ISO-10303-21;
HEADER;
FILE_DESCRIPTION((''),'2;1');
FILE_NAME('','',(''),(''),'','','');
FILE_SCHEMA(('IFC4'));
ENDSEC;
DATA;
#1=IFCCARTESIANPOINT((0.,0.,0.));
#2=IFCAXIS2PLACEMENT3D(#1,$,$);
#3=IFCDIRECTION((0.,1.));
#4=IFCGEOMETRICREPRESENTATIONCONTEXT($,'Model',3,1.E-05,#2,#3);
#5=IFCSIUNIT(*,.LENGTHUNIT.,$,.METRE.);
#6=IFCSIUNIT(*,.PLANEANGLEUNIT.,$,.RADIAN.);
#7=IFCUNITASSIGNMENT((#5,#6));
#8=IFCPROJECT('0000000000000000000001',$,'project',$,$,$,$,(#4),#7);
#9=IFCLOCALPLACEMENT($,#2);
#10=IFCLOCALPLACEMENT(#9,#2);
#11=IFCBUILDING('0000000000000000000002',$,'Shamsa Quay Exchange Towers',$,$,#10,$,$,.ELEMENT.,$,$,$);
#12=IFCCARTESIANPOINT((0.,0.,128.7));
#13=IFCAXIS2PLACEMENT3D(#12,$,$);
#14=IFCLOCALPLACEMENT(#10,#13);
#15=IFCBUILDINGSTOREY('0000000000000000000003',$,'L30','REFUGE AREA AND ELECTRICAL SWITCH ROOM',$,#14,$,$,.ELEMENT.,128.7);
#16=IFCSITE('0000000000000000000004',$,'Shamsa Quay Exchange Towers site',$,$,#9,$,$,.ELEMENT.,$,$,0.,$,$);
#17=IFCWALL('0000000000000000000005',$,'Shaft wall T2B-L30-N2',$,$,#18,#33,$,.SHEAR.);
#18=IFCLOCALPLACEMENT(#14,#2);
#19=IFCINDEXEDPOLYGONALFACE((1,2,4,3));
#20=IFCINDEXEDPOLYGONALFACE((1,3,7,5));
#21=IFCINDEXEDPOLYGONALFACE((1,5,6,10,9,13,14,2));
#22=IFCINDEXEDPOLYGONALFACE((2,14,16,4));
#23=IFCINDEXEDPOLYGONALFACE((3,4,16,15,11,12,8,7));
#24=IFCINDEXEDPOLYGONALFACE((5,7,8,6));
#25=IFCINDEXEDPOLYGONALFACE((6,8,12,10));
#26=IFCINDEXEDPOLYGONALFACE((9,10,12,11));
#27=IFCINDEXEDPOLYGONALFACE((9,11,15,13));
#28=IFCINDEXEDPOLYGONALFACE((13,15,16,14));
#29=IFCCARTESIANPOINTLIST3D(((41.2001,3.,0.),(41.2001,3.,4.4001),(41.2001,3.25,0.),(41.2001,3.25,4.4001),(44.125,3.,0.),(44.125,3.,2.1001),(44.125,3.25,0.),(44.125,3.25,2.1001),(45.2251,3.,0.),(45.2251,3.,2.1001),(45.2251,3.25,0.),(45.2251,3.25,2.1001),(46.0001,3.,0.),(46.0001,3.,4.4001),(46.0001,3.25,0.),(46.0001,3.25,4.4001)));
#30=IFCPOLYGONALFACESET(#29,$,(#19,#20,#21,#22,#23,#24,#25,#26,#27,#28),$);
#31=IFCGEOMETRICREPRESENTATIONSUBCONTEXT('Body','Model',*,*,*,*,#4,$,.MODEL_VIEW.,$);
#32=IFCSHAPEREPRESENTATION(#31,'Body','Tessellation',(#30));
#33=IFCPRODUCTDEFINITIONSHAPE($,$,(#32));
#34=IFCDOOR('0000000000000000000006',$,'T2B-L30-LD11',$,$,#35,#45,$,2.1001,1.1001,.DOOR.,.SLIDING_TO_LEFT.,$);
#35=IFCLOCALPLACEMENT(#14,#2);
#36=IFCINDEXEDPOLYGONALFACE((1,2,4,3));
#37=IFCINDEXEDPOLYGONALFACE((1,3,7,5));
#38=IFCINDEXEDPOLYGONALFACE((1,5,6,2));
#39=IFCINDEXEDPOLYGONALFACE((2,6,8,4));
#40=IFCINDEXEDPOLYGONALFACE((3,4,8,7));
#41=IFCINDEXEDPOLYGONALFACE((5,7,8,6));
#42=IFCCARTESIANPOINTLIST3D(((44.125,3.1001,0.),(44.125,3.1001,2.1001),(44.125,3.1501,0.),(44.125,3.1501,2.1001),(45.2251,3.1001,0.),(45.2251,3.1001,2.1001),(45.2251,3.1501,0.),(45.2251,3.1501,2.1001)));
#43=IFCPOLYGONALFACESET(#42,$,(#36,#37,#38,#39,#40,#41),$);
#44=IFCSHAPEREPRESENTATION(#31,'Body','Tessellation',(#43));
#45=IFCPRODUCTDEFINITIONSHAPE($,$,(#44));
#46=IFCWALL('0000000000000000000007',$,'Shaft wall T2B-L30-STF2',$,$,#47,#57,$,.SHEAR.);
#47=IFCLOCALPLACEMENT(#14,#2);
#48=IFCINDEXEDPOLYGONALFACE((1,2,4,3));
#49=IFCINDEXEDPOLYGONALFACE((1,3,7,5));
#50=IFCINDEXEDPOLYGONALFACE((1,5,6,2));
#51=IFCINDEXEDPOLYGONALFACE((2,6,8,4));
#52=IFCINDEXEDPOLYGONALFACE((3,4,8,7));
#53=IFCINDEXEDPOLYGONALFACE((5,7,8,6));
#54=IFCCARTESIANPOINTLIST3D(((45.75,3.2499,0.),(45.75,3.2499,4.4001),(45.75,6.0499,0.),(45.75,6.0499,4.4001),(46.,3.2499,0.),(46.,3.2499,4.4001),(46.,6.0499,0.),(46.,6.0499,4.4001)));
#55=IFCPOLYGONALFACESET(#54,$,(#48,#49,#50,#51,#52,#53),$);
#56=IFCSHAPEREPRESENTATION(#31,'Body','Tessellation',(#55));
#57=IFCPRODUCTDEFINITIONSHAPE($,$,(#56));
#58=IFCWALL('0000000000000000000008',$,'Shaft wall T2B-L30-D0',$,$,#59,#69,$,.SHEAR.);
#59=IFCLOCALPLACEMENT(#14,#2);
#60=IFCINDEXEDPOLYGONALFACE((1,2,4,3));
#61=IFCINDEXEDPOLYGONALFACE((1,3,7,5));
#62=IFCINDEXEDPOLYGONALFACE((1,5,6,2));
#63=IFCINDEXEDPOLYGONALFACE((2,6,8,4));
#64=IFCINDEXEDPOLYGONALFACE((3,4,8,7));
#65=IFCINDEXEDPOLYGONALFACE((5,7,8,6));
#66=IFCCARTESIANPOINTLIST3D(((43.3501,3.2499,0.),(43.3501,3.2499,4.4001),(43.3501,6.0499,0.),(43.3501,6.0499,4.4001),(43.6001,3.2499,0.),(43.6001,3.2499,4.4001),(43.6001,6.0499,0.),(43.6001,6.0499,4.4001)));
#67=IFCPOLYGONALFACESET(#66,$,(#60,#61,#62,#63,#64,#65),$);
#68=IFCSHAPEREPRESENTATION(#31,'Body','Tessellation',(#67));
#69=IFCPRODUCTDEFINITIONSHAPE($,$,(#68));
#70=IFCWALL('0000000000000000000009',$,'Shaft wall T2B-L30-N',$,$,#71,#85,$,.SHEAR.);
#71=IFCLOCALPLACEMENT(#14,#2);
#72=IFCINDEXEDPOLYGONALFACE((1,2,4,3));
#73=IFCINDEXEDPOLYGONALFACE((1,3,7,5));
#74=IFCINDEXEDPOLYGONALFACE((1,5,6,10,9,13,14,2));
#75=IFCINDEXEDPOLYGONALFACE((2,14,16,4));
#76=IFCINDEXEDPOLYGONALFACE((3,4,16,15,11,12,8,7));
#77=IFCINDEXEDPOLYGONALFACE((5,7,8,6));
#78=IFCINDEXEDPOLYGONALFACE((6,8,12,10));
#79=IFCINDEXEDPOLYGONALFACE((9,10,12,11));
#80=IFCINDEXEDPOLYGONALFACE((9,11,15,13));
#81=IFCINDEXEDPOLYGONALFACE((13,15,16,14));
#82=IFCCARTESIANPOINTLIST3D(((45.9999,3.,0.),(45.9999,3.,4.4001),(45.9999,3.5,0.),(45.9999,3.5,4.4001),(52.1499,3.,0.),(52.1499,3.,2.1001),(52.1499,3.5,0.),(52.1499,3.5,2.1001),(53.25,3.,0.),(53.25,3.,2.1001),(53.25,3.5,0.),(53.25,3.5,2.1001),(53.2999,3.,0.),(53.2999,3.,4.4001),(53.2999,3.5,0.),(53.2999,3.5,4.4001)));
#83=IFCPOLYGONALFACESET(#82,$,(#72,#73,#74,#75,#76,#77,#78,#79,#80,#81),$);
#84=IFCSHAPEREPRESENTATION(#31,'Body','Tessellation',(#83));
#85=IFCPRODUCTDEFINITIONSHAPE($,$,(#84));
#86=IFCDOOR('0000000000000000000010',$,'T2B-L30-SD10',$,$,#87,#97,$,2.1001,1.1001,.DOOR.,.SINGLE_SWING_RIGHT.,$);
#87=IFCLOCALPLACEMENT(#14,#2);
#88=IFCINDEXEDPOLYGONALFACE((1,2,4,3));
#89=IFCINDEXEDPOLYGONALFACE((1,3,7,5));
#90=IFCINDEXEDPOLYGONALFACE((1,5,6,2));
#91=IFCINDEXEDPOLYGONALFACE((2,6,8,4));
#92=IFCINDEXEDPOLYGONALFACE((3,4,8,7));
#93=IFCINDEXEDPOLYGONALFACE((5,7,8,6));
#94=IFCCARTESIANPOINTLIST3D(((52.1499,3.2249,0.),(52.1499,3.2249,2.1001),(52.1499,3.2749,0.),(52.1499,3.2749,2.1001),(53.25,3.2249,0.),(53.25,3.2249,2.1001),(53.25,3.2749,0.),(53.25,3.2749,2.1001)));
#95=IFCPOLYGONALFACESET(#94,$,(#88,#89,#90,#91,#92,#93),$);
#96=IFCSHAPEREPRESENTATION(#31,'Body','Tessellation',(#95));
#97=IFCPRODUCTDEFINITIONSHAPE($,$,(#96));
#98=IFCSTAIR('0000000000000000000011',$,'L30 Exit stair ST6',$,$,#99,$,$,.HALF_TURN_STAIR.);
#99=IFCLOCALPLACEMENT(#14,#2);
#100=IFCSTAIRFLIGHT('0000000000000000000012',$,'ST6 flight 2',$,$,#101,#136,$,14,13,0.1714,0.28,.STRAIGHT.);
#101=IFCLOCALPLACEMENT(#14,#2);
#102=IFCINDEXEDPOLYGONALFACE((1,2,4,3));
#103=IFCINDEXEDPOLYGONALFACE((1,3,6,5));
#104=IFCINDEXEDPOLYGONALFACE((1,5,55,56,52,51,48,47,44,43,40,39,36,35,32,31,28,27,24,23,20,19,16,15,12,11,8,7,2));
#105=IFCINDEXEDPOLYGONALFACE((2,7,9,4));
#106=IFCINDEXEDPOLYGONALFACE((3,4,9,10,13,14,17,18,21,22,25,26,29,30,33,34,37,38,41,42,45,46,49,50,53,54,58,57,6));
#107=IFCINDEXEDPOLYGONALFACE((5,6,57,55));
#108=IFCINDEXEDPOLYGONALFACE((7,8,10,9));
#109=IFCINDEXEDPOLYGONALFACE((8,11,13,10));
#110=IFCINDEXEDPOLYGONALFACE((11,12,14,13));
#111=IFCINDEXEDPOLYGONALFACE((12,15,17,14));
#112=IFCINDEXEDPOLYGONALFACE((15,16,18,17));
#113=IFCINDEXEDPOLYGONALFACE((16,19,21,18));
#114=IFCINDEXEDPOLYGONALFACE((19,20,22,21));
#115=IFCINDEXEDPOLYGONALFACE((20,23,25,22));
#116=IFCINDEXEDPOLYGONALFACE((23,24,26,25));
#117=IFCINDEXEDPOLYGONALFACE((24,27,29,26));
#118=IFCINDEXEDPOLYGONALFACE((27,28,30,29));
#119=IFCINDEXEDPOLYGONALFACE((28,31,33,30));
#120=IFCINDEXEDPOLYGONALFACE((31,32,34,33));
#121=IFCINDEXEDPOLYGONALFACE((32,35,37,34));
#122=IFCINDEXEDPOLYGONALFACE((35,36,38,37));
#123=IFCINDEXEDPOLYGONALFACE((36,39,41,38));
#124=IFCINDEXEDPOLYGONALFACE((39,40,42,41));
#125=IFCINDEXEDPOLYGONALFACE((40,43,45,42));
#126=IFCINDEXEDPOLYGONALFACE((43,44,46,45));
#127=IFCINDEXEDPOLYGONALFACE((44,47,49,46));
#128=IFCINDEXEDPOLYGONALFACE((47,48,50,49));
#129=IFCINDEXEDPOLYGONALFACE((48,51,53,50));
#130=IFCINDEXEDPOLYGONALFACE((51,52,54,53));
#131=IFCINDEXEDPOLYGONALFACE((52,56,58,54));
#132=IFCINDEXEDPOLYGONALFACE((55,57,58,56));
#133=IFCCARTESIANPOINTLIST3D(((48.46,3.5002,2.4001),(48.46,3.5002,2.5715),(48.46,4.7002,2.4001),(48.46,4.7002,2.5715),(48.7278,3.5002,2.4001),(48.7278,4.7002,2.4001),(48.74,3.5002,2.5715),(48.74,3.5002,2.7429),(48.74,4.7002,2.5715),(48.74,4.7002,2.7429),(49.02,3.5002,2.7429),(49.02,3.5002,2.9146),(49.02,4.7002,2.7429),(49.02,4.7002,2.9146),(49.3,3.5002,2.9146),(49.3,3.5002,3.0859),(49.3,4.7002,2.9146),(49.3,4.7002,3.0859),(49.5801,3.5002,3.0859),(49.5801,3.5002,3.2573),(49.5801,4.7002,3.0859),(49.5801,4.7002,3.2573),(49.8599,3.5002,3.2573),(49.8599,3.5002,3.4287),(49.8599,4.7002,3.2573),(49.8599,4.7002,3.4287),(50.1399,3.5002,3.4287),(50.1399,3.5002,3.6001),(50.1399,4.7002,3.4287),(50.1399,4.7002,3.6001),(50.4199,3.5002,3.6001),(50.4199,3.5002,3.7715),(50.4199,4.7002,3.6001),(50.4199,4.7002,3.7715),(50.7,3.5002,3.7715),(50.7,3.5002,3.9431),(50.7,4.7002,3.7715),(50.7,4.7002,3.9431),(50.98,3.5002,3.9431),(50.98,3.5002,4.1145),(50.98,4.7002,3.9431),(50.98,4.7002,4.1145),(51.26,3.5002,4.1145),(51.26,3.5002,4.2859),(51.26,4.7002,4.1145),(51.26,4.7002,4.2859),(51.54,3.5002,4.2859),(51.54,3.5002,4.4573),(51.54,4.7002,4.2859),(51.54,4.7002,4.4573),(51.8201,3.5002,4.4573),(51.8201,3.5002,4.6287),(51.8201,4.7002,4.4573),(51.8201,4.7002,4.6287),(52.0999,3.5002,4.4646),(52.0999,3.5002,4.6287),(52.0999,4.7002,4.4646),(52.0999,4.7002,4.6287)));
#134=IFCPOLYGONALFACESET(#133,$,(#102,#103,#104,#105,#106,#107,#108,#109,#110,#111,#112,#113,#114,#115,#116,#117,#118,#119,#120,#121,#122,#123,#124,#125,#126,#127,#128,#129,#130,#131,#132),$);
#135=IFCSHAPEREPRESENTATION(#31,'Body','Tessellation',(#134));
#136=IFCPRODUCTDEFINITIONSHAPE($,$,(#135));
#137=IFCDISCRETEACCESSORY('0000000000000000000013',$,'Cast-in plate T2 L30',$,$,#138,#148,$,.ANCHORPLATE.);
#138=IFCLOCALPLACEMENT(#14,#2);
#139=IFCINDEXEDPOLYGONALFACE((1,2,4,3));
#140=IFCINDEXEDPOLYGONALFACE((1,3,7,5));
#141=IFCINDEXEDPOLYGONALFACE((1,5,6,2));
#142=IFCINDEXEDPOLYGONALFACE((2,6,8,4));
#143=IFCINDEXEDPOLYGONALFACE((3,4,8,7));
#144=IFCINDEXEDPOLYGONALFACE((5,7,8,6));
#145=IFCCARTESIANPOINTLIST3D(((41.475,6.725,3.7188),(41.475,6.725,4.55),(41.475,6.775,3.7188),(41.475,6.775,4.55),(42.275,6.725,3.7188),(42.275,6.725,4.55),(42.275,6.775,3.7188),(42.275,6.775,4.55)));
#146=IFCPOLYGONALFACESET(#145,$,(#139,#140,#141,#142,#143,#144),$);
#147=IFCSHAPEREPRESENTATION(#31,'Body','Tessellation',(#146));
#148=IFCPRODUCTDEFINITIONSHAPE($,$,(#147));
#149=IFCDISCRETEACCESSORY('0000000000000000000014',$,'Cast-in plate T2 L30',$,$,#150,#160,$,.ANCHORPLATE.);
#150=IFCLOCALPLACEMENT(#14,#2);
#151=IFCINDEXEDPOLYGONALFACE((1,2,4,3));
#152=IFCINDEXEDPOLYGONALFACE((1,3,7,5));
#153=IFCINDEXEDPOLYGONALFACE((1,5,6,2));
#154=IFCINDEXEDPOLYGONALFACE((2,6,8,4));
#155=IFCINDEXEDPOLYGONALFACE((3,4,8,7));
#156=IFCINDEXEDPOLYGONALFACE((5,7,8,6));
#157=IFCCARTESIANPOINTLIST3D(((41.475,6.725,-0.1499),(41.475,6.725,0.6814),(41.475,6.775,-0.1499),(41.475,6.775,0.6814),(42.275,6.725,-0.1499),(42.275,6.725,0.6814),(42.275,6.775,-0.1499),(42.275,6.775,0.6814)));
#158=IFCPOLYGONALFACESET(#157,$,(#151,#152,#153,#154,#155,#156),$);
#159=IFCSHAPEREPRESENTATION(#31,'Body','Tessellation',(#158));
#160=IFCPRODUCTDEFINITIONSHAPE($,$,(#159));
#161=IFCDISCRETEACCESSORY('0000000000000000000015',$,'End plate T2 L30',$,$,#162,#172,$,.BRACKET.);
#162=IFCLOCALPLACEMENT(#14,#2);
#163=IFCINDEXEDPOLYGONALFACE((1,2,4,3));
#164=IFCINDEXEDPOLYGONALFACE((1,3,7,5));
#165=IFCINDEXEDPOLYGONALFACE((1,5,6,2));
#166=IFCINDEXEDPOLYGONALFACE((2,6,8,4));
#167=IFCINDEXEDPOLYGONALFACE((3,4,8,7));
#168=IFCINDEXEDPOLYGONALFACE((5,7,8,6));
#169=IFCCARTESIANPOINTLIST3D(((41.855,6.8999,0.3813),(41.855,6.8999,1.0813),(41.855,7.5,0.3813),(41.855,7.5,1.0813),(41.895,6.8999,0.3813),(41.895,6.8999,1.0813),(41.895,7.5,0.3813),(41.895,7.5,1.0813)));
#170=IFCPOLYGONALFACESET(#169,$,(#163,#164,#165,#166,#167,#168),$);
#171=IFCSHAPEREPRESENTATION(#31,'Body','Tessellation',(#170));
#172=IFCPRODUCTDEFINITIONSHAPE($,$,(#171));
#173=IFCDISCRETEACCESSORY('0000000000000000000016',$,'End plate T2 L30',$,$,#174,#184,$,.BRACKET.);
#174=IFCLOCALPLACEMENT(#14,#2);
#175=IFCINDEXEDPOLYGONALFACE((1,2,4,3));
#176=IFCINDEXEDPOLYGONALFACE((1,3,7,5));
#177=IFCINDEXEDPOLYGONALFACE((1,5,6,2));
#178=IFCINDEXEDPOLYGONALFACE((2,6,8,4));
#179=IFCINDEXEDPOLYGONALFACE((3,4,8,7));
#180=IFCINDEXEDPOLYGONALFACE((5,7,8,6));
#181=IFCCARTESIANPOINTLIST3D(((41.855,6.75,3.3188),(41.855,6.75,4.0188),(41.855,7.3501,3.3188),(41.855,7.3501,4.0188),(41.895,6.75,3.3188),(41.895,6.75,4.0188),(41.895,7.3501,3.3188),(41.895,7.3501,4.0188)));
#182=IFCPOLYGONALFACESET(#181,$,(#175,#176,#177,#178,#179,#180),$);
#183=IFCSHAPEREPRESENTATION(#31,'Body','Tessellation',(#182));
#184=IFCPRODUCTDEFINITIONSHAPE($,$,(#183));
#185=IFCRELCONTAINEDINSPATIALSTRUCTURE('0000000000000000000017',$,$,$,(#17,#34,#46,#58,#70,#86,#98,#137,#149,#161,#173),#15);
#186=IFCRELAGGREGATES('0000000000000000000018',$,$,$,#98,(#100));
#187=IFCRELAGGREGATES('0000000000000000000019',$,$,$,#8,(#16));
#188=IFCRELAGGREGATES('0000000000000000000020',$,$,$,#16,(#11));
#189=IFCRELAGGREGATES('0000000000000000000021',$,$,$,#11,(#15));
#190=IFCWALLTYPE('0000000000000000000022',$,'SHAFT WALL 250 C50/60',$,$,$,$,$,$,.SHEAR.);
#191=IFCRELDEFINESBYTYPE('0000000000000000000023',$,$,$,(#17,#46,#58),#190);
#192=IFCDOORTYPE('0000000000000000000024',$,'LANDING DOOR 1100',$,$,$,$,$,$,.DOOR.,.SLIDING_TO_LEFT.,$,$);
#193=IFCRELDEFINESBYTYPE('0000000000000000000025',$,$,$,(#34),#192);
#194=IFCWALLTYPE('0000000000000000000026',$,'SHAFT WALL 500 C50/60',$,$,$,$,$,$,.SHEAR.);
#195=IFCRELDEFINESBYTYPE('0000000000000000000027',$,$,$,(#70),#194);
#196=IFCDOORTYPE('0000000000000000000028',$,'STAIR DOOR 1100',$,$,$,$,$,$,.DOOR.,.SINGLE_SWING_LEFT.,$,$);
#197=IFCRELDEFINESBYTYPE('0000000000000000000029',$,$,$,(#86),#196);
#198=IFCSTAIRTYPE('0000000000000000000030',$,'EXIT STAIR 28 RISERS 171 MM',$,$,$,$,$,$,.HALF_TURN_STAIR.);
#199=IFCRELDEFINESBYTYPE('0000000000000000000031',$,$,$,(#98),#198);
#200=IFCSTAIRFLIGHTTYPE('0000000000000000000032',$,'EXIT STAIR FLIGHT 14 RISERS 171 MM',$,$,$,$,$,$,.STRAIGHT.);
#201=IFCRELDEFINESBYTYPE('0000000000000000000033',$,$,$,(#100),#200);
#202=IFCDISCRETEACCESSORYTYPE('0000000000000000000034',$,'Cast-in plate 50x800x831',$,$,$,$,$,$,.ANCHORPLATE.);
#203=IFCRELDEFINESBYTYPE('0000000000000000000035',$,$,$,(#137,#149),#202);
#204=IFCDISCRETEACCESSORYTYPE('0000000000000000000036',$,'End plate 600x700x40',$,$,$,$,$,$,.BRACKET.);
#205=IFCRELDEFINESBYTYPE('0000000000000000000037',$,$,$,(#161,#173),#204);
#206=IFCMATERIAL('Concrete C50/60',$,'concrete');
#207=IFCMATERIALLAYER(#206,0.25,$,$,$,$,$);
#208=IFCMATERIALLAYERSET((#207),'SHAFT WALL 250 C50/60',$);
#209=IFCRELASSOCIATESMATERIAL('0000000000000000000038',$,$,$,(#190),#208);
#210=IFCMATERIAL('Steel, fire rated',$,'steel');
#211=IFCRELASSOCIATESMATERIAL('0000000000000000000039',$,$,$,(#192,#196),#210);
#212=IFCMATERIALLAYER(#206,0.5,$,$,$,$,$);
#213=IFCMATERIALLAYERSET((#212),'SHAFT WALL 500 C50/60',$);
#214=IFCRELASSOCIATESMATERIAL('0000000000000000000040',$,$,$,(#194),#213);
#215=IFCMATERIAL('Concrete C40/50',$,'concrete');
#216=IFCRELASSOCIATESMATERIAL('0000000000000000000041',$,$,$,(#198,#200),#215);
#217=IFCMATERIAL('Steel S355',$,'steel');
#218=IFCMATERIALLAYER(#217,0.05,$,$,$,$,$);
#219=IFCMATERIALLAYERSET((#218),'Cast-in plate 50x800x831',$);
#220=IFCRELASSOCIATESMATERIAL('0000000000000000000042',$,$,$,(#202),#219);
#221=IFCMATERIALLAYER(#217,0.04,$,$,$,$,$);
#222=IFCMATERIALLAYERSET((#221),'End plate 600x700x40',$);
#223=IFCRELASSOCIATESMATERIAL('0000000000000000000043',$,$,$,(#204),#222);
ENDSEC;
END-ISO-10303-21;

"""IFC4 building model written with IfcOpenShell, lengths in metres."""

from ifc_helpers import new_model, si_unit, direction, frame, frame_2d, origin, origin_2d, place, context, subcontext, project, spatial, polyline, rectangle, outline, extrude, material, layer, layer_set, type_object, element, fill, aggregate, save


model = new_model("IFC4")

# Units and contexts
model_context = context("Model", 3, precision=1e-05, world=origin(), true_north=direction((0.0, 1.0)))
body_context = subcontext(model_context, "Body", "Model", "MODEL_VIEW")
ifc_project = project(units=[si_unit("LENGTHUNIT", "METRE"), si_unit("PLANEANGLEUNIT", "RADIAN")], contexts=[model_context])

# Site, building, storey
site_placement = place(None, origin())
site = spatial("IfcSite", under=ifc_project, at=site_placement, Name="Shamsa Quay Exchange Towers site", CompositionType="ELEMENT", RefElevation=0.0)
building_placement = place(site_placement, origin())
building = spatial("IfcBuilding", under=site, at=building_placement, Name="Shamsa Quay Exchange Towers", CompositionType="ELEMENT")
storey_placement = place(building_placement, frame((0.0, 0.0, 128.7)))
storey = spatial("IfcBuildingStorey", under=building, at=storey_placement, Name="L30", Description="REFUGE AREA AND ELECTRICAL SWITCH ROOM", CompositionType="ELEMENT", Elevation=128.7)

# Shared definitions
ifc_material_1 = material(Name="Steel S355", Category="steel")

# Wall, opening, door
ifc_material_2 = material(Name="Concrete C50/60", Category="concrete")
ifc_layer_1 = layer(ifc_material_2, 0.25)
ifc_layer_set_1 = layer_set([ifc_layer_1], Name="SHAFT WALL 250 C50/60")
wall_type_1 = type_object("IfcWallType", Name="SHAFT WALL 250 C50/60", PredefinedType="SHEAR", material=ifc_layer_set_1)
wall_1_placement = place(storey_placement, frame((46.0, 3.125, 0.0), z_axis=(0.0, 0.0, 1.0), x_axis=(-1.0, 0.0, 0.0)))
wall_1 = element("IfcWall", 1, at=wall_1_placement, inside=storey, type_object=wall_type_1, Name="Shaft wall T2B-L30-N2", PredefinedType="SHEAR", context=body_context, shape_type="SweptSolid", body=[
    extrude(rectangle(XDim=4.8, YDim=0.25, at=frame_2d((2.3999, 0.0))), origin(), (0.0, 0.0, 1.0), 4.4001),
])
opening_1_placement = place(wall_1_placement, frame((0.7749, 0.0, 0.0)))
opening_1 = element("IfcOpeningElement", 2, at=opening_1_placement, cuts=wall_1, PredefinedType="OPENING", context=body_context, shape_type="SweptSolid", body=[
    extrude(rectangle(XDim=1.1001, YDim=2.1001, at=frame_2d((0.55, 1.05))), frame((0.0, 0.135, 0.0), z_axis=(0.0, -1.0, 0.0), x_axis=(1.0, 0.0, 0.0)), (0.0, 0.0, 1.0), 0.27),
])
ifc_material_3 = material(Name="Steel, fire rated", Category="steel")
door_type_1 = type_object("IfcDoorType", Name="LANDING DOOR 1100", OperationType="SLIDING_TO_LEFT", PredefinedType="DOOR", material=ifc_material_3)
door_1_placement = place(opening_1_placement, origin())
door_1 = element("IfcDoor", 3, at=door_1_placement, inside=storey, type_object=door_type_1, Name="T2B-L30-LD11", OperationType="SLIDING_TO_LEFT", OverallHeight=2.1001, OverallWidth=1.1001, PredefinedType="DOOR", context=body_context, shape_type="SweptSolid", body=[
    extrude(rectangle(XDim=1.1001, YDim=2.1001, at=frame_2d((0.55, 1.05))), frame((0.0, 0.0249, 0.0), z_axis=(0.0, -1.0, 0.0), x_axis=(1.0, 0.0, 0.0)), (0.0, 0.0, 1.0), 0.05),
])
fill(opening_1, door_1)

# Walls
for number, where, z_axis, x_axis, name in (
    (4, (45.875, 3.25, 0.0), (0.0, 0.0, 1.0), (0.0, 1.0, 0.0), "Shaft wall T2B-L30-STF2"),
    (5, (43.4751, 3.25, 0.0), (0.0, 0.0, 1.0), (0.0, 1.0, 0.0), "Shaft wall T2B-L30-D0"),
):
    element("IfcWall", number, at=place(storey_placement, frame(where, z_axis=z_axis, x_axis=x_axis)), inside=storey, type_object=wall_type_1, Name=name, PredefinedType="SHEAR", context=body_context, shape_type="SweptSolid", body=[
        extrude(rectangle(XDim=2.8, YDim=0.25, at=frame_2d((1.3999, 0.0))), origin(), (0.0, 0.0, 1.0), 4.4001),
    ])

# Wall, opening, door
ifc_layer_2 = layer(ifc_material_2, 0.5)
ifc_layer_set_2 = layer_set([ifc_layer_2], Name="SHAFT WALL 500 C50/60")
wall_type_2 = type_object("IfcWallType", Name="SHAFT WALL 500 C50/60", PredefinedType="SHEAR", material=ifc_layer_set_2)
wall_2_placement = place(storey_placement, frame((46.0, 3.25, 0.0)))
wall_2 = element("IfcWall", 6, at=wall_2_placement, inside=storey, type_object=wall_type_2, Name="Shaft wall T2B-L30-N", PredefinedType="SHEAR", context=body_context, shape_type="SweptSolid", body=[
    extrude(rectangle(XDim=7.3, YDim=0.5, at=frame_2d((3.6499, 0.0))), origin(), (0.0, 0.0, 1.0), 4.4001),
])
opening_2_placement = place(wall_2_placement, frame((6.1499, 0.0, 0.0)))
opening_2 = element("IfcOpeningElement", 7, at=opening_2_placement, cuts=wall_2, PredefinedType="OPENING", context=body_context, shape_type="SweptSolid", body=[
    extrude(rectangle(XDim=1.1001, YDim=2.1001, at=frame_2d((0.55, 1.05))), frame((0.0, 0.26, 0.0), z_axis=(0.0, -1.0, 0.0), x_axis=(1.0, 0.0, 0.0)), (0.0, 0.0, 1.0), 0.52),
])
door_type_2 = type_object("IfcDoorType", Name="STAIR DOOR 1100", OperationType="SINGLE_SWING_LEFT", PredefinedType="DOOR", material=ifc_material_3)
door_2_placement = place(opening_2_placement, origin())
door_2 = element("IfcDoor", 8, at=door_2_placement, inside=storey, type_object=door_type_2, Name="T2B-L30-SD10", OperationType="SINGLE_SWING_RIGHT", OverallHeight=2.1001, OverallWidth=1.1001, PredefinedType="DOOR", context=body_context, shape_type="SweptSolid", body=[
    extrude(rectangle(XDim=1.1001, YDim=2.1001, at=frame_2d((0.55, 1.05))), frame((0.0, 0.0249, 0.0), z_axis=(0.0, -1.0, 0.0), x_axis=(1.0, 0.0, 0.0)), (0.0, 0.0, 1.0), 0.05),
])
fill(opening_2, door_2)

# Stair, stair flight
ifc_material_4 = material(Name="Concrete C40/50", Category="concrete")
stair_type = type_object("IfcStairType", Name="EXIT STAIR 28 RISERS 171 MM", PredefinedType="HALF_TURN_STAIR", material=ifc_material_4)
stair_placement = place(storey_placement, origin())
stair = element("IfcStair", 9, at=stair_placement, inside=storey, type_object=stair_type, Name="L30 Exit stair ST6", PredefinedType="HALF_TURN_STAIR")
stair_flight_type = type_object("IfcStairFlightType", Name="EXIT STAIR FLIGHT 14 RISERS 171 MM", PredefinedType="STRAIGHT", material=ifc_material_4)
stair_flight_placement = place(storey_placement, frame((48.46, 4.1001, 2.4001)))
stair_flight = element("IfcStairFlight", 10, at=stair_flight_placement, type_object=stair_flight_type, Name="ST6 flight 2", NumberOfRisers=14, NumberOfTreads=13, PredefinedType="STRAIGHT", RiserHeight=0.1714, TreadLength=0.28, context=body_context, shape_type="SweptSolid", body=[
    extrude(outline(polyline([(0.0, 0.0), (0.0, 0.1714), (0.28, 0.1714), (0.28, 0.3428), (0.5601, 0.3428), (0.5601, 0.5144), (0.8401, 0.5144), (0.8401, 0.6858), (1.1201, 0.6858), (1.1201, 0.8572), (1.3999, 0.8572), (1.3999, 1.0286), (1.6799, 1.0286), (1.6799, 1.2), (1.96, 1.2), (1.96, 1.3713), (2.24, 1.3713), (2.24, 1.543), (2.52, 1.543), (2.52, 1.7144), (2.8, 1.7144), (2.8, 1.8857), (3.0801, 1.8857), (3.0801, 2.0571), (3.3601, 2.0571), (3.3601, 2.2285), (3.6399, 2.2285), (3.6399, 2.3999), (3.6399, 2.0645), (0.2678, 0.0), (0.0, 0.0)])), frame((0.0, 0.6001, 0.0), z_axis=(0.0, -1.0, 0.0), x_axis=(1.0, 0.0, 0.0)), (0.0, 0.0, 1.0), 1.2),
])
aggregate(stair, [stair_flight])

# Discrete accessories
ifc_layer_3 = layer(ifc_material_1, 0.05)
ifc_layer_set_3 = layer_set([ifc_layer_3], Name="Cast-in plate 50x800x831")
discrete_accessory_type_1 = type_object("IfcDiscreteAccessoryType", Name="Cast-in plate 50x800x831", PredefinedType="ANCHORPLATE", material=ifc_layer_set_3)
for number, where, z_axis, x_axis, name in (
    (11, (41.875, 6.75, 3.7188), (0.0, 0.0, 1.0), (0.0, -1.0, 0.0), "Cast-in plate T2 L30"),
    (12, (41.875, 6.75, -0.1499), (0.0, 0.0, 1.0), (0.0, -1.0, 0.0), "Cast-in plate T2 L30"),
):
    element("IfcDiscreteAccessory", number, at=place(storey_placement, frame(where, z_axis=z_axis, x_axis=x_axis)), inside=storey, type_object=discrete_accessory_type_1, Name=name, PredefinedType="ANCHORPLATE", context=body_context, shape_type="SweptSolid", body=[
        extrude(rectangle(XDim=0.05, YDim=0.8, at=origin_2d()), origin(), (0.0, 0.0, 1.0), 0.8313),
    ])
ifc_layer_4 = layer(ifc_material_1, 0.04)
ifc_layer_set_4 = layer_set([ifc_layer_4], Name="End plate 600x700x40")
discrete_accessory_type_2 = type_object("IfcDiscreteAccessoryType", Name="End plate 600x700x40", PredefinedType="BRACKET", material=ifc_layer_set_4)
for number, where, z_axis, x_axis, name in (
    (13, (41.875, 7.2, 0.3813), (0.0, 0.0, 1.0), (0.0, -1.0, 0.0), "End plate T2 L30"),
    (14, (41.875, 7.05, 3.3188), (0.0, 0.0, 1.0), (0.0, -1.0, 0.0), "End plate T2 L30"),
):
    element("IfcDiscreteAccessory", number, at=place(storey_placement, frame(where, z_axis=z_axis, x_axis=x_axis)), inside=storey, type_object=discrete_accessory_type_2, Name=name, PredefinedType="BRACKET", context=body_context, shape_type="SweptSolid", body=[
        extrude(rectangle(XDim=0.6001, YDim=0.04, at=origin_2d()), origin(), (0.0, 0.0, 1.0), 0.7),
    ])

save(model, "model.ifc")
